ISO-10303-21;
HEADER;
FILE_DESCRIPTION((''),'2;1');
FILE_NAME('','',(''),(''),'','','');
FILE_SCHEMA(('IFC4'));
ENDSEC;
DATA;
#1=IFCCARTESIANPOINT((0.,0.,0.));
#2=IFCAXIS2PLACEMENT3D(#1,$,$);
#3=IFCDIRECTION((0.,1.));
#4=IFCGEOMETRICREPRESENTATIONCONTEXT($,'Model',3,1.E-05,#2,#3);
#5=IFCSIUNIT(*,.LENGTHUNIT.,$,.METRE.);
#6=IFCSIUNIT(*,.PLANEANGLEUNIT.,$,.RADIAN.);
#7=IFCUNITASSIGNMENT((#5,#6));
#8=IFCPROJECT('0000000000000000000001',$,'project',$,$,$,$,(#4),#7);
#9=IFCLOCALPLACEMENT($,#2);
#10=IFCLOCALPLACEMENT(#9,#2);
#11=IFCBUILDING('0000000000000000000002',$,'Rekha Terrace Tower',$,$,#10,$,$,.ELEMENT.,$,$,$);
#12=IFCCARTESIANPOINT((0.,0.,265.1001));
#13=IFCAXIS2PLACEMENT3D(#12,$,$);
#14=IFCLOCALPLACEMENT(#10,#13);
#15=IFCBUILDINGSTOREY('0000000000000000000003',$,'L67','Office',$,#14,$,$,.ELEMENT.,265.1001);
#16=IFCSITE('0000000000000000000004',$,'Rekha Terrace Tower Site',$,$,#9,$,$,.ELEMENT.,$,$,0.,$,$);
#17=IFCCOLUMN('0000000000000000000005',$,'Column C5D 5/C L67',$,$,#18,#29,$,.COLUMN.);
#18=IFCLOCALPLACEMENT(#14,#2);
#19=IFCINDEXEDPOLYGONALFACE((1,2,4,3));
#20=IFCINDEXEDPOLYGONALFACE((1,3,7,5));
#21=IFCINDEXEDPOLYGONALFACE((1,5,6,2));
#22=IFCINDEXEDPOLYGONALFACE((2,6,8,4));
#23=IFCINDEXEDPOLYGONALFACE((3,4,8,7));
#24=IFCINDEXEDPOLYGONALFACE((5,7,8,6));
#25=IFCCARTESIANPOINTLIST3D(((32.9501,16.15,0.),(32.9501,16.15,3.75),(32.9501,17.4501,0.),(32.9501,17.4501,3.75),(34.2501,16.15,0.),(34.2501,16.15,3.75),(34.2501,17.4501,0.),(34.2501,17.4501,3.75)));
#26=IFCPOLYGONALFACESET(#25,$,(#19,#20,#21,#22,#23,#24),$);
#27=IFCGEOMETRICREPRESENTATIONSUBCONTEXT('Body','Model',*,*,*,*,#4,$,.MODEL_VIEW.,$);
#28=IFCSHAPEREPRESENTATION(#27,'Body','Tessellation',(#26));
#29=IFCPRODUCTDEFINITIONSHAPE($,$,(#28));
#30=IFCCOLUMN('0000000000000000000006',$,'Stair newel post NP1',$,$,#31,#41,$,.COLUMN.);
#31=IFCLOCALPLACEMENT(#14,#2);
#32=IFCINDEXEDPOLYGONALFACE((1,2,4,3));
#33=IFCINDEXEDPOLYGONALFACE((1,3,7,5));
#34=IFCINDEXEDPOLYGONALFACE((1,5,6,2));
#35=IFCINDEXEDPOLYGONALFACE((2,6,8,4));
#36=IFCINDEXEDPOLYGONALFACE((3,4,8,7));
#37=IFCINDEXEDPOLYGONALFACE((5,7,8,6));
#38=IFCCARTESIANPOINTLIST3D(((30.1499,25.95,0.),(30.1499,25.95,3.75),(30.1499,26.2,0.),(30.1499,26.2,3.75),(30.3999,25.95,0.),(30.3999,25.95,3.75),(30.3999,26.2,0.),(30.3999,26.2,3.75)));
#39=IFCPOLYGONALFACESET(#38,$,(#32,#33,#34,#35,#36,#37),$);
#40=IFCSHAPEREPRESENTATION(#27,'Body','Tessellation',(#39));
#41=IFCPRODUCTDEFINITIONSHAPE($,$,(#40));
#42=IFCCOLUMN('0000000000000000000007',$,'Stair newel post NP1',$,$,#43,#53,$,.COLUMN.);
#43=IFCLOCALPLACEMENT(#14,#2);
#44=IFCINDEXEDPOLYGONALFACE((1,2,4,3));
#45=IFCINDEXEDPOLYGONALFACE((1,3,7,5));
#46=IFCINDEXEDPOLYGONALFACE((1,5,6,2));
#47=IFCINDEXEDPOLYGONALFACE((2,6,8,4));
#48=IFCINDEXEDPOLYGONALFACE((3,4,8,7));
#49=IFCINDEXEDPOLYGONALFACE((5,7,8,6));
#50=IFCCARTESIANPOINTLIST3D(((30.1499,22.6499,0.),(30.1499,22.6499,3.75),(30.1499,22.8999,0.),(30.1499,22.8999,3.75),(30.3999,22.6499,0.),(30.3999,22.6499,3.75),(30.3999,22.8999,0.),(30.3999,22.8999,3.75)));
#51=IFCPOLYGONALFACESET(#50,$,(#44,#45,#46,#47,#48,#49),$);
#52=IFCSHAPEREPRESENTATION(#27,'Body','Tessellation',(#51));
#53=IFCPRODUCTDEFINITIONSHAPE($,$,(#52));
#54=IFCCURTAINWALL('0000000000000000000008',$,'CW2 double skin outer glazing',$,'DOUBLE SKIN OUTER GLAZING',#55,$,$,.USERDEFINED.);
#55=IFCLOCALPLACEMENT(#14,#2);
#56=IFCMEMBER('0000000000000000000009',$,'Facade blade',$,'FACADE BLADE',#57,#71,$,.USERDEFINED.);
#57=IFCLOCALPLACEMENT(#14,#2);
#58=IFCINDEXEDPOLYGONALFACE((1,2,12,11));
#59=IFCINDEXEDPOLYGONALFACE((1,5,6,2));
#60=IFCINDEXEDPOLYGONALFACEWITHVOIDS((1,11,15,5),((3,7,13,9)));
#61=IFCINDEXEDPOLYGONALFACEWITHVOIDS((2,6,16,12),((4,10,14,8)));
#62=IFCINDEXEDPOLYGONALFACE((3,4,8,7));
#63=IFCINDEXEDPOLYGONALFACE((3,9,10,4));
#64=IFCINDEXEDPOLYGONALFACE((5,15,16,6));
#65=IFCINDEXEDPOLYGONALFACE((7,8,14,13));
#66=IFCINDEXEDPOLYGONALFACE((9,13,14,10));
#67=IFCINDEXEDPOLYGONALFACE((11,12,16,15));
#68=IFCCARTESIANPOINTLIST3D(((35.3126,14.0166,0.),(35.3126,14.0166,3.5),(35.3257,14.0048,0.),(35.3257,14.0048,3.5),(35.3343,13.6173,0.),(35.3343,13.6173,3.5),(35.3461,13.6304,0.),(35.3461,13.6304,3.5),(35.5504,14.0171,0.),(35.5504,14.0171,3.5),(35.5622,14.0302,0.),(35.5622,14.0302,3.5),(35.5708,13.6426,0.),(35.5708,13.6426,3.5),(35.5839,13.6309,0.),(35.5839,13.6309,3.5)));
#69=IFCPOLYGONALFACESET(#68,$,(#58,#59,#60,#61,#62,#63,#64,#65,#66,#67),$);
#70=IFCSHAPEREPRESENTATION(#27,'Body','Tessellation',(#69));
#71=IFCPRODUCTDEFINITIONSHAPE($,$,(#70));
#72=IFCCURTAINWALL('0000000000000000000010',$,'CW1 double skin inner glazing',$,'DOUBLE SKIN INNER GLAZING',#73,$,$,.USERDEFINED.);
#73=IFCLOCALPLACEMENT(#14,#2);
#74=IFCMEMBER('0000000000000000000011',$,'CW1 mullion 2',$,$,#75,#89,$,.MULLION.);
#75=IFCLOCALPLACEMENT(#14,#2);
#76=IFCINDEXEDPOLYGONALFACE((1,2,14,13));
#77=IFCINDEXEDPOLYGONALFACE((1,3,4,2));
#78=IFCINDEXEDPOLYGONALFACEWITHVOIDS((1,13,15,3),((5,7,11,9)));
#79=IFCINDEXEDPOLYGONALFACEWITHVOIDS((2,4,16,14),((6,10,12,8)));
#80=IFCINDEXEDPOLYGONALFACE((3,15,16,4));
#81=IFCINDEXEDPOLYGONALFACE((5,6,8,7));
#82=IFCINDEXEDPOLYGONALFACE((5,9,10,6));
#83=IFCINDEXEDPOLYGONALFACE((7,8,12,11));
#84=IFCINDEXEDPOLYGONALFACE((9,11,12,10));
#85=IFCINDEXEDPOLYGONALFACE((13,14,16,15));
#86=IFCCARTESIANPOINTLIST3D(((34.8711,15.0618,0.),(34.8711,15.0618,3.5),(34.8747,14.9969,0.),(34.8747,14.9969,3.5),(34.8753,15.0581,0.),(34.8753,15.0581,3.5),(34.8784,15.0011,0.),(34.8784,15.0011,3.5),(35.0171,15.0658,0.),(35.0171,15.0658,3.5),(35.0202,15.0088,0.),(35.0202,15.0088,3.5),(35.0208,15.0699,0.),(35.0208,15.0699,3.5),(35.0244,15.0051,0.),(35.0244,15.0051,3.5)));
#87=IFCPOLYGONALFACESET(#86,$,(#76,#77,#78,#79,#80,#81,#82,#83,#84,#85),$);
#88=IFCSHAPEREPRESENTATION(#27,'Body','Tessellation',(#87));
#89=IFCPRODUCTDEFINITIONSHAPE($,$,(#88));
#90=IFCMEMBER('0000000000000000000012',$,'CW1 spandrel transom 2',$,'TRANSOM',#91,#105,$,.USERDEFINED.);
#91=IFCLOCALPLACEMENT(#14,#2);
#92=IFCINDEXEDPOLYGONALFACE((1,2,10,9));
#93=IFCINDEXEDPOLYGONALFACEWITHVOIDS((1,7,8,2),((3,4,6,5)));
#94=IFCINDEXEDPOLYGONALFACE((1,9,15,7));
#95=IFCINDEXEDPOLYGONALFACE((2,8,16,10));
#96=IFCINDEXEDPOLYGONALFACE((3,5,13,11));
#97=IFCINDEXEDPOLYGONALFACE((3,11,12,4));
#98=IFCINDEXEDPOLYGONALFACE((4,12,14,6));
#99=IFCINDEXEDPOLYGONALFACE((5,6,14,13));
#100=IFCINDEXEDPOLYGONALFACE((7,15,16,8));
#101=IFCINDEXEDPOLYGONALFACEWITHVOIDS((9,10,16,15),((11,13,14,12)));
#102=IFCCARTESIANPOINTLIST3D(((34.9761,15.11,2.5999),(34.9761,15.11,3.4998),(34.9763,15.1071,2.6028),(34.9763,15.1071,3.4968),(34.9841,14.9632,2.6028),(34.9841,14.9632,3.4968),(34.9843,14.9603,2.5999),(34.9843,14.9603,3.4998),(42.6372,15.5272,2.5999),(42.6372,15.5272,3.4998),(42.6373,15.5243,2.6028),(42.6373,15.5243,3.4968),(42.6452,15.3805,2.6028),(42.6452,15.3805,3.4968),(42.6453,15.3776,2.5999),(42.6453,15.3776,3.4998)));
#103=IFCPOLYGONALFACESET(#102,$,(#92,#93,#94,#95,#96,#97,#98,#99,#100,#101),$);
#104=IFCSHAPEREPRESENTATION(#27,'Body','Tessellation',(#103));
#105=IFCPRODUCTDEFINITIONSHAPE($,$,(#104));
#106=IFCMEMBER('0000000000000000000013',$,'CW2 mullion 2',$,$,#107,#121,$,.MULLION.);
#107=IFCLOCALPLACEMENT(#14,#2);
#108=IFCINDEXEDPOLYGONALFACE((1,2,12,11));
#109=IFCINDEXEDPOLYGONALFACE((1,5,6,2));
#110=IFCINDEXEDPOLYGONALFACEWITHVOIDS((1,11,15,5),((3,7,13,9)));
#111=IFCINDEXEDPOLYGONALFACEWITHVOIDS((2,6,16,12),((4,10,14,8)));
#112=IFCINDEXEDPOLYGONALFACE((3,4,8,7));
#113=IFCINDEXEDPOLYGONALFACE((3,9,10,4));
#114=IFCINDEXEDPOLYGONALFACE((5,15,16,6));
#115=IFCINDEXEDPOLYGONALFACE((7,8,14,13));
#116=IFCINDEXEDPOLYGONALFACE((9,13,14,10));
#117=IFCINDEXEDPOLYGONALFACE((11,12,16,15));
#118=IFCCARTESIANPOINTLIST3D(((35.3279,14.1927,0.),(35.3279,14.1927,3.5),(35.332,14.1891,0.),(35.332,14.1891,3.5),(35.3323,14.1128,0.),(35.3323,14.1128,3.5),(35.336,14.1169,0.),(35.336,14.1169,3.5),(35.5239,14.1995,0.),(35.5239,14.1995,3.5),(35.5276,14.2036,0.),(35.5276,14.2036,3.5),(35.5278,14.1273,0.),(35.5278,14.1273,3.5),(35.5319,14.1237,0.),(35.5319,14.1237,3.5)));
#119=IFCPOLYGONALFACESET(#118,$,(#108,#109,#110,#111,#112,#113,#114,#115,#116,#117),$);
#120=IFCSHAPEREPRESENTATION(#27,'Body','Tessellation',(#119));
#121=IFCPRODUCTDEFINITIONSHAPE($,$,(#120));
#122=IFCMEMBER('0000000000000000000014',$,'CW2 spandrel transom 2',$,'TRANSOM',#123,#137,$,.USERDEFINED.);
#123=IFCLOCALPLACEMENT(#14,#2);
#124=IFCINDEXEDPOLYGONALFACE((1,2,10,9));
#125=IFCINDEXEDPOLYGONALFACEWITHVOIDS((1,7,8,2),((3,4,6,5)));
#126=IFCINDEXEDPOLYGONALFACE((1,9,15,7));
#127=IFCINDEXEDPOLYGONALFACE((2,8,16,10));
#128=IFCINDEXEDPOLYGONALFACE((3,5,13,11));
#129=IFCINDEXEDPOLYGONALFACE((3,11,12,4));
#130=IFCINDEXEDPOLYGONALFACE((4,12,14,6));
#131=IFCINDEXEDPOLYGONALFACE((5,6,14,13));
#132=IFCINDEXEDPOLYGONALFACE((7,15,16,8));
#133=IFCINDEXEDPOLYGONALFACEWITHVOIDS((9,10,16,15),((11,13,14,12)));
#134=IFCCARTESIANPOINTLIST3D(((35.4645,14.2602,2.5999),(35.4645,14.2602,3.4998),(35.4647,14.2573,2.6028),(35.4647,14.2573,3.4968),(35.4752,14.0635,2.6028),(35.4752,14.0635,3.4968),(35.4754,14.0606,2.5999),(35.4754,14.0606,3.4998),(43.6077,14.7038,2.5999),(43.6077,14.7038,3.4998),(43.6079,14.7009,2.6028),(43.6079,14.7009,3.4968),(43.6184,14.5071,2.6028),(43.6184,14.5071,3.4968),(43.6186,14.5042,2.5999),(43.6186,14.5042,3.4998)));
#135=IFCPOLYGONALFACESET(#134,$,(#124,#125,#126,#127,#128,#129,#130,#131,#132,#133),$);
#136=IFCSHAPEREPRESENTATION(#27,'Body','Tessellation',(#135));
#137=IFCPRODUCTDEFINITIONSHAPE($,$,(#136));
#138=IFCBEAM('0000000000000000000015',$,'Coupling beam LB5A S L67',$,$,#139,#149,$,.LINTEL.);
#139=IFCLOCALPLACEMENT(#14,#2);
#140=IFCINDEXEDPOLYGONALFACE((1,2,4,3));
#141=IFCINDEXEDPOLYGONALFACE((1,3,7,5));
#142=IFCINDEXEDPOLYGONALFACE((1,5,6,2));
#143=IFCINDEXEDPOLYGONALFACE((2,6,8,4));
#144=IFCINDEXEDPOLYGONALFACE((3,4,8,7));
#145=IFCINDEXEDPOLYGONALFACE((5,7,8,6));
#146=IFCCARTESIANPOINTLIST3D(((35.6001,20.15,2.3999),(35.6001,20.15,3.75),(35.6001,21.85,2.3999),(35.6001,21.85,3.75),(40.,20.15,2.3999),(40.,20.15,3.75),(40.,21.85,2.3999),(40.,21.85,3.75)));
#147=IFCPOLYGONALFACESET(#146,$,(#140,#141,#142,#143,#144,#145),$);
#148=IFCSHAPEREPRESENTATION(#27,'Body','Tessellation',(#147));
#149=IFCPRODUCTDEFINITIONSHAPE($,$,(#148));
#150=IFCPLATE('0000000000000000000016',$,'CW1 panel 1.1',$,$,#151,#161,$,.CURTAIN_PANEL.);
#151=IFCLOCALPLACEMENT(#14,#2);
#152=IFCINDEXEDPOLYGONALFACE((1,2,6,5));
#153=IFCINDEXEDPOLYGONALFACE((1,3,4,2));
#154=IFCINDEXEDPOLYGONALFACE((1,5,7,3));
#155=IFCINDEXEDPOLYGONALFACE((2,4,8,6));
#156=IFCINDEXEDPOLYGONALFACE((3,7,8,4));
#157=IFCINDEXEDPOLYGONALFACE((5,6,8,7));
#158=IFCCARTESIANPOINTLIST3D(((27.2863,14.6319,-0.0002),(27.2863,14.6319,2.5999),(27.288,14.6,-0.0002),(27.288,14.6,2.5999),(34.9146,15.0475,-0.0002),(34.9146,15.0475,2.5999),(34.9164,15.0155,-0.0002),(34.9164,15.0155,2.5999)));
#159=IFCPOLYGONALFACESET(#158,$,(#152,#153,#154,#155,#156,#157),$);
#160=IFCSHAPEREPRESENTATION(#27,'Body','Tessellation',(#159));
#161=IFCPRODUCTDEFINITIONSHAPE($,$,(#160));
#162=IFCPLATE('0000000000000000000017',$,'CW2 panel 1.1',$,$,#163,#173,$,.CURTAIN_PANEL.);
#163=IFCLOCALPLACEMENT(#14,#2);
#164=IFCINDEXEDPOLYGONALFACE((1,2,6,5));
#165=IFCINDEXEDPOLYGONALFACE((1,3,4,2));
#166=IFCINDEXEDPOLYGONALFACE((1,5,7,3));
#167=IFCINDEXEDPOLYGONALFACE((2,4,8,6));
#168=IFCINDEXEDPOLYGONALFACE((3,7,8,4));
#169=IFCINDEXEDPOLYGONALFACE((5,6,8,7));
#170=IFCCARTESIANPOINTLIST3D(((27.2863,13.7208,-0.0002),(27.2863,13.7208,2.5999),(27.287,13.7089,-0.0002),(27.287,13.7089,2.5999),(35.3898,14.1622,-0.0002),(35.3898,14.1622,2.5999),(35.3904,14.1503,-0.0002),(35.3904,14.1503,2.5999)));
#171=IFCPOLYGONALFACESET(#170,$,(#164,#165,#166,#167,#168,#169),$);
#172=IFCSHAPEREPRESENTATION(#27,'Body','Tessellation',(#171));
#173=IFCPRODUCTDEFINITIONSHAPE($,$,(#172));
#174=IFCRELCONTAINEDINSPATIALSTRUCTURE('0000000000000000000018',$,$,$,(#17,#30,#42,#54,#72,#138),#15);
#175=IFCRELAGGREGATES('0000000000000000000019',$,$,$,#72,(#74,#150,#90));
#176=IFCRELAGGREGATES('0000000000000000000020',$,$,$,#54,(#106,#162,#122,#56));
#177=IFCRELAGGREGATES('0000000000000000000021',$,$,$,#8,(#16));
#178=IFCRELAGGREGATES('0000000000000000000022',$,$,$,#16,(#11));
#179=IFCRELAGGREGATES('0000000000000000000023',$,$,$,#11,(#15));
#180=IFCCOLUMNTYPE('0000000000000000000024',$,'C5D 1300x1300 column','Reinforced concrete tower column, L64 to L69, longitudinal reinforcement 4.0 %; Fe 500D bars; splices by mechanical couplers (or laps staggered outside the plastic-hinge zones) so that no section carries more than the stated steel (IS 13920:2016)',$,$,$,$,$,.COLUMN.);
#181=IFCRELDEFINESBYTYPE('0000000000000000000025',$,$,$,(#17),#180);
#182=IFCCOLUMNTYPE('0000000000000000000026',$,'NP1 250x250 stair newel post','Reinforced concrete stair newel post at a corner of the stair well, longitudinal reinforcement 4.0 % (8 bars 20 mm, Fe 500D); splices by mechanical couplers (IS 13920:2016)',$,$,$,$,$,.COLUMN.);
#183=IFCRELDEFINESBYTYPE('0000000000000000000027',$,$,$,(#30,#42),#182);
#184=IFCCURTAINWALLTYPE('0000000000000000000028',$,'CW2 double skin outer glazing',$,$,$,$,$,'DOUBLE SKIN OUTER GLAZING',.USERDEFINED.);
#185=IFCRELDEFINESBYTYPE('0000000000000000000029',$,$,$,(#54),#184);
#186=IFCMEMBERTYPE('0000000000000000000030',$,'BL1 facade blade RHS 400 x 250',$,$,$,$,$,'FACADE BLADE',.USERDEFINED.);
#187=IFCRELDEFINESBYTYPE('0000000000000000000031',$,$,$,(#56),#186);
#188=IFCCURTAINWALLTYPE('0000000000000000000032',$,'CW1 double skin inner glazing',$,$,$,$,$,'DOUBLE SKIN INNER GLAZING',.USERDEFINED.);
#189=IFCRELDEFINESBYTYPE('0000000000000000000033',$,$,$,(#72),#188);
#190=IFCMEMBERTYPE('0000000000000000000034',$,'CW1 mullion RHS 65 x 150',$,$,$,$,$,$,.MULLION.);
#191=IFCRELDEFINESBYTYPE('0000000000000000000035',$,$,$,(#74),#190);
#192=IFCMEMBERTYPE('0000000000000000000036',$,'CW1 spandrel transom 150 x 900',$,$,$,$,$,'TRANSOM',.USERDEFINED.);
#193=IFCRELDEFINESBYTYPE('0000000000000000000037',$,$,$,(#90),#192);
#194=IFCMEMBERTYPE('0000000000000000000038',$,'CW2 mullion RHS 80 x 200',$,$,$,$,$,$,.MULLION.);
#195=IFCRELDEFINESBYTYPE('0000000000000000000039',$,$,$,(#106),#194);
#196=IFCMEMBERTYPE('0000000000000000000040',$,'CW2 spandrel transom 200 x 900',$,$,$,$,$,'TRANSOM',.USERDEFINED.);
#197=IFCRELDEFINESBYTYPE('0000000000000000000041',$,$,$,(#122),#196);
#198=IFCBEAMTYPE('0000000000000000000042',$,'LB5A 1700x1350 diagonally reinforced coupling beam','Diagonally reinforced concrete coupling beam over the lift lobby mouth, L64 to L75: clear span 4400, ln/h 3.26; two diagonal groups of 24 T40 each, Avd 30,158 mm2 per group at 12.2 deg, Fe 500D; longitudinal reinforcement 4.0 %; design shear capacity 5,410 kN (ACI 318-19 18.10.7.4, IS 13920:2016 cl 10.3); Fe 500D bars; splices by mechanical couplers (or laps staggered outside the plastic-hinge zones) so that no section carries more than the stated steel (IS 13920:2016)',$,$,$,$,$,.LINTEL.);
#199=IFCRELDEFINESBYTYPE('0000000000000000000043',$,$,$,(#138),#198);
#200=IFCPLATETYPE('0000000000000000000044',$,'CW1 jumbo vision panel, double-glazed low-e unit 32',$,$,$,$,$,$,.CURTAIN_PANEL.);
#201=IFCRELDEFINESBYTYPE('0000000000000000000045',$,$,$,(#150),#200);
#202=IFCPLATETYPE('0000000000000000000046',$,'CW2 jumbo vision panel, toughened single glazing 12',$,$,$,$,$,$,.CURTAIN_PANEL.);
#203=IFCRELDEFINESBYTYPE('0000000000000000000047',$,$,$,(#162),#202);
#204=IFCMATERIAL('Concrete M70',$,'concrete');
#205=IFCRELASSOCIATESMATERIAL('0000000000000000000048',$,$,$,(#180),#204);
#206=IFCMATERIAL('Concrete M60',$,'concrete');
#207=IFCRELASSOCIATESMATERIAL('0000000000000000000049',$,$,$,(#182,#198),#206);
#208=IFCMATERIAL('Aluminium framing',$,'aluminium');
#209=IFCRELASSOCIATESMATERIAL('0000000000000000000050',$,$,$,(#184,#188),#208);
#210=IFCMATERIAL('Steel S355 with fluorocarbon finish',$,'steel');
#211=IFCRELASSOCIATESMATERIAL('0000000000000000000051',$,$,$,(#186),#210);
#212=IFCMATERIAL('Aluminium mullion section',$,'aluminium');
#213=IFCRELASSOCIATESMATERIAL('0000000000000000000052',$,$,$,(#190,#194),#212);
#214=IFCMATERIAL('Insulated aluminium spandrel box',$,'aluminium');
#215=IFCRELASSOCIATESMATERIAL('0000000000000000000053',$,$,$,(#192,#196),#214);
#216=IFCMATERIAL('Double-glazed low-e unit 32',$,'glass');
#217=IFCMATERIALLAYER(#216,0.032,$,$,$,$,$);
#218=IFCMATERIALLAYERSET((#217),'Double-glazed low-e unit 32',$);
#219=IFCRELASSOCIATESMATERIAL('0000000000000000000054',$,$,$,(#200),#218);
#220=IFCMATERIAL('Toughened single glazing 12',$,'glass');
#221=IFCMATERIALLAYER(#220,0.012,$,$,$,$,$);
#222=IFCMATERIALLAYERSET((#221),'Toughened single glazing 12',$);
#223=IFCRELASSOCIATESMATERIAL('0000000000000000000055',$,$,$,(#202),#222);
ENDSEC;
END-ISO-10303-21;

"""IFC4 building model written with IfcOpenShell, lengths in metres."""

from ifc_helpers import new_model, si_unit, direction, frame, origin, origin_2d, place, context, subcontext, project, spatial, rectangle, hollow_rectangle, extrude, material, layer, layer_set, material_profile, profile_set, type_object, element, aggregate, save


model = new_model("IFC4")

# Units and contexts
model_context = context("Model", 3, precision=1e-05, world=origin(), true_north=direction((0.0, 1.0)))
body_context = subcontext(model_context, "Body", "Model", "MODEL_VIEW")
ifc_project = project(units=[si_unit("LENGTHUNIT", "METRE"), si_unit("PLANEANGLEUNIT", "RADIAN")], contexts=[model_context])

# Site, building, storey
site_placement = place(None, origin())
site = spatial("IfcSite", under=ifc_project, at=site_placement, Name="Rekha Terrace Tower Site", CompositionType="ELEMENT", RefElevation=0.0)
building_placement = place(site_placement, origin())
building = spatial("IfcBuilding", under=site, at=building_placement, Name="Rekha Terrace Tower", CompositionType="ELEMENT")
storey_placement = place(building_placement, frame((0.0, 0.0, 265.1001)))
storey = spatial("IfcBuildingStorey", under=building, at=storey_placement, Name="L67", Description="Office", CompositionType="ELEMENT", Elevation=265.1001)

# Columns
ifc_material_1 = material(Name="Concrete M70", Category="concrete")
ifc_material_profile_1 = material_profile(ifc_material_1, rectangle(XDim=1.3, YDim=1.3, at=origin_2d()), Name="RC 1300x1300")
ifc_profile_set_1 = profile_set([ifc_material_profile_1], Name="Concrete M70")
column_type_1 = type_object("IfcColumnType", Name="C5D 1300x1300 column", Description="Reinforced concrete tower column, L64 to L69, longitudinal reinforcement 4.0 %; Fe 500D bars; splices by mechanical couplers (or laps staggered outside the plastic-hinge zones) so that no section carries more than the stated steel (IS 13920:2016)", PredefinedType="COLUMN", material=ifc_profile_set_1)
column_placement = place(storey_placement, frame((33.6001, 16.8, 0.0), z_axis=(0.0, 0.0, 1.0), x_axis=(1.0, 0.0, 0.0)))
element("IfcColumn", 1, at=column_placement, inside=storey, type_object=column_type_1, Name="Column C5D 5/C L67", PredefinedType="COLUMN", context=body_context, shape_type="SweptSolid", body=[
    extrude(rectangle(XDim=1.3, YDim=1.3, at=origin_2d()), origin(), (0.0, 0.0, 1.0), 3.75),
])
ifc_material_2 = material(Name="Concrete M60", Category="concrete")
ifc_material_profile_2 = material_profile(ifc_material_2, rectangle(XDim=0.25, YDim=0.25, at=origin_2d()), Name="RC 250x250")
ifc_profile_set_2 = profile_set([ifc_material_profile_2], Name="Concrete M60")
column_type_2 = type_object("IfcColumnType", Name="NP1 250x250 stair newel post", Description="Reinforced concrete stair newel post at a corner of the stair well, longitudinal reinforcement 4.0 % (8 bars 20 mm, Fe 500D); splices by mechanical couplers (IS 13920:2016)", PredefinedType="COLUMN", material=ifc_profile_set_2)
for number, where, z_axis, x_axis, name in (
    (2, (30.2749, 26.075, 0.0), (0.0, 0.0, 1.0), (1.0, 0.0, 0.0), "Stair newel post NP1"),
    (3, (30.2749, 22.7749, 0.0), (0.0, 0.0, 1.0), (1.0, 0.0, 0.0), "Stair newel post NP1"),
):
    element("IfcColumn", number, at=place(storey_placement, frame(where, z_axis=z_axis, x_axis=x_axis)), inside=storey, type_object=column_type_2, Name=name, PredefinedType="COLUMN", context=body_context, shape_type="SweptSolid", body=[
        extrude(rectangle(XDim=0.25, YDim=0.25, at=origin_2d()), origin(), (0.0, 0.0, 1.0), 3.75),
    ])

# Curtain wall, member
ifc_material_3 = material(Name="Aluminium framing", Category="aluminium")
curtain_wall_type_1 = type_object("IfcCurtainWallType", Name="CW2 double skin outer glazing", ElementType="DOUBLE SKIN OUTER GLAZING", PredefinedType="USERDEFINED", material=ifc_material_3)
curtain_wall_1_placement = place(storey_placement, origin())
curtain_wall_1 = element("IfcCurtainWall", 4, at=curtain_wall_1_placement, inside=storey, type_object=curtain_wall_type_1, Name="CW2 double skin outer glazing", ObjectType="DOUBLE SKIN OUTER GLAZING", PredefinedType="USERDEFINED")
ifc_material_4 = material(Name="Steel S355 with fluorocarbon finish", Category="steel")
ifc_material_profile_3 = material_profile(ifc_material_4, hollow_rectangle(XDim=0.25, YDim=0.3999, WallThickness=0.0125, at=origin_2d()), Name="RHS400x250x12.5")
ifc_profile_set_3 = profile_set([ifc_material_profile_3], Name="Steel S355 with fluorocarbon finish")
member_type_1 = type_object("IfcMemberType", Name="BL1 facade blade RHS 400 x 250", ElementType="FACADE BLADE", PredefinedType="USERDEFINED", material=ifc_profile_set_3)
member_1_placement = place(storey_placement, frame((35.4482, 13.8237, 0.0), z_axis=(0.0, 0.0, 1.0), x_axis=(0.99852, 0.054389, 0.0)))
member_1 = element("IfcMember", 5, at=member_1_placement, type_object=member_type_1, Name="Facade blade", ObjectType="FACADE BLADE", PredefinedType="USERDEFINED", context=body_context, shape_type="SweptSolid", body=[
    extrude(hollow_rectangle(XDim=0.25, YDim=0.3999, WallThickness=0.0125, at=origin_2d()), origin(), (0.0, 0.0, 1.0), 3.5),
])

# Curtain wall, members
curtain_wall_type_2 = type_object("IfcCurtainWallType", Name="CW1 double skin inner glazing", ElementType="DOUBLE SKIN INNER GLAZING", PredefinedType="USERDEFINED", material=ifc_material_3)
curtain_wall_2_placement = place(storey_placement, origin())
curtain_wall_2 = element("IfcCurtainWall", 6, at=curtain_wall_2_placement, inside=storey, type_object=curtain_wall_type_2, Name="CW1 double skin inner glazing", ObjectType="DOUBLE SKIN INNER GLAZING", PredefinedType="USERDEFINED")
ifc_material_5 = material(Name="Aluminium mullion section", Category="aluminium")
ifc_material_profile_4 = material_profile(ifc_material_5, hollow_rectangle(XDim=0.0649, YDim=0.1499, WallThickness=0.0039, at=origin_2d()), Name="AL RHS 65x150")
ifc_profile_set_4 = profile_set([ifc_material_profile_4], Name="Aluminium mullion section")
member_type_2 = type_object("IfcMemberType", Name="CW1 mullion RHS 65 x 150", PredefinedType="MULLION", material=ifc_profile_set_4)
member_2_placement = place(storey_placement, frame((34.9478, 15.0334, 0.0), z_axis=(0.0, 0.0, 1.0), x_axis=(-0.054389, 0.99852, 0.0)))
member_2 = element("IfcMember", 7, at=member_2_placement, type_object=member_type_2, Name="CW1 mullion 2", PredefinedType="MULLION", context=body_context, shape_type="SweptSolid", body=[
    extrude(hollow_rectangle(XDim=0.0649, YDim=0.1499, WallThickness=0.0039, at=origin_2d()), origin(), (0.0, 0.0, 1.0), 3.5),
])
ifc_material_6 = material(Name="Insulated aluminium spandrel box", Category="aluminium")
ifc_material_profile_5 = material_profile(ifc_material_6, hollow_rectangle(XDim=0.1499, YDim=0.8999, WallThickness=0.0029, at=origin_2d()), Name="AL SPANDREL BOX 150x900")
ifc_profile_set_5 = profile_set([ifc_material_profile_5], Name="Insulated aluminium spandrel box")
member_type_3 = type_object("IfcMemberType", Name="CW1 spandrel transom 150 x 900", ElementType="TRANSOM", PredefinedType="USERDEFINED", material=ifc_profile_set_5)
member_3_placement = place(storey_placement, frame((34.9802, 15.0352, 3.0498), z_axis=(0.99852, 0.054383, 0.0), x_axis=(-0.054383, 0.99852, 0.0)))
member_3 = element("IfcMember", 8, at=member_3_placement, type_object=member_type_3, Name="CW1 spandrel transom 2", ObjectType="TRANSOM", PredefinedType="USERDEFINED", context=body_context, shape_type="SweptSolid", body=[
    extrude(hollow_rectangle(XDim=0.1499, YDim=0.8999, WallThickness=0.0029, at=origin_2d()), origin(), (0.0, 0.0, 1.0), 7.6724),
])

# Members
ifc_material_profile_6 = material_profile(ifc_material_5, hollow_rectangle(XDim=0.0801, YDim=0.2, WallThickness=0.0039, at=origin_2d()), Name="AL RHS 80x200")
ifc_profile_set_6 = profile_set([ifc_material_profile_6], Name="Aluminium mullion section")
member_type_4 = type_object("IfcMemberType", Name="CW2 mullion RHS 80 x 200", PredefinedType="MULLION", material=ifc_profile_set_6)
member_4_placement = place(storey_placement, frame((35.4299, 14.1582, 0.0), z_axis=(0.0, 0.0, 1.0), x_axis=(-0.054389, 0.99852, 0.0)))
member_4 = element("IfcMember", 9, at=member_4_placement, type_object=member_type_4, Name="CW2 mullion 2", PredefinedType="MULLION", context=body_context, shape_type="SweptSolid", body=[
    extrude(hollow_rectangle(XDim=0.0801, YDim=0.2, WallThickness=0.0039, at=origin_2d()), origin(), (0.0, 0.0, 1.0), 3.5),
])
ifc_material_profile_7 = material_profile(ifc_material_6, hollow_rectangle(XDim=0.2, YDim=0.8999, WallThickness=0.0029, at=origin_2d()), Name="AL SPANDREL BOX 200x900")
ifc_profile_set_7 = profile_set([ifc_material_profile_7], Name="Insulated aluminium spandrel box")
member_type_5 = type_object("IfcMemberType", Name="CW2 spandrel transom 200 x 900", ElementType="TRANSOM", PredefinedType="USERDEFINED", material=ifc_profile_set_7)
member_5_placement = place(storey_placement, frame((35.47, 14.1604, 3.0498), z_axis=(0.99852, 0.054394, 0.0), x_axis=(-0.054394, 0.99852, 0.0)))
member_5 = element("IfcMember", 10, at=member_5_placement, type_object=member_type_5, Name="CW2 spandrel transom 2", ObjectType="TRANSOM", PredefinedType="USERDEFINED", context=body_context, shape_type="SweptSolid", body=[
    extrude(hollow_rectangle(XDim=0.2, YDim=0.8999, WallThickness=0.0029, at=origin_2d()), origin(), (0.0, 0.0, 1.0), 8.1553),
])

# Beam
ifc_material_profile_8 = material_profile(ifc_material_2, rectangle(XDim=1.7, YDim=1.3501, at=origin_2d()), Name="RC 1700x1350")
ifc_profile_set_8 = profile_set([ifc_material_profile_8], Name="Concrete M60")
beam_type = type_object("IfcBeamType", Name="LB5A 1700x1350 diagonally reinforced coupling beam", Description="Diagonally reinforced concrete coupling beam over the lift lobby mouth, L64 to L75: clear span 4400, ln/h 3.26; two diagonal groups of 24 T40 each, Avd 30,158 mm2 per group at 12.2 deg, Fe 500D; longitudinal reinforcement 4.0 %; design shear capacity 5,410 kN (ACI 318-19 18.10.7.4, IS 13920:2016 cl 10.3); Fe 500D bars; splices by mechanical couplers (or laps staggered outside the plastic-hinge zones) so that no section carries more than the stated steel (IS 13920:2016)", PredefinedType="LINTEL", material=ifc_profile_set_8)
beam_placement = place(storey_placement, frame((35.6001, 21.0, 3.075), z_axis=(1.0, 0.0, 0.0), x_axis=(0.0, 1.0, 0.0)))
element("IfcBeam", 11, at=beam_placement, inside=storey, type_object=beam_type, Name="Coupling beam LB5A S L67", PredefinedType="LINTEL", context=body_context, shape_type="SweptSolid", body=[
    extrude(rectangle(XDim=1.7, YDim=1.3501, at=origin_2d()), origin(), (0.0, 0.0, 1.0), 4.3999),
])

# Plates
ifc_material_7 = material(Name="Double-glazed low-e unit 32", Category="glass")
ifc_layer_1 = layer(ifc_material_7, 0.032)
ifc_layer_set_1 = layer_set([ifc_layer_1], Name="Double-glazed low-e unit 32")
plate_type_1 = type_object("IfcPlateType", Name="CW1 jumbo vision panel, double-glazed low-e unit 32", PredefinedType="CURTAIN_PANEL", material=ifc_layer_set_1)
plate_1_placement = place(storey_placement, frame((31.1013, 14.8237, -0.0002), z_axis=(0.0, 0.0, 1.0), x_axis=(0.99852, 0.054389, 0.0)))
plate_1 = element("IfcPlate", 12, at=plate_1_placement, type_object=plate_type_1, Name="CW1 panel 1.1", PredefinedType="CURTAIN_PANEL", context=body_context, shape_type="SweptSolid", body=[
    extrude(rectangle(XDim=7.6396, YDim=0.032, at=origin_2d()), origin(), (0.0, 0.0, 1.0), 2.6001),
])
aggregate(curtain_wall_2, [member_2, plate_1, member_3])
ifc_material_8 = material(Name="Toughened single glazing 12", Category="glass")
ifc_layer_2 = layer(ifc_material_8, 0.012)
ifc_layer_set_2 = layer_set([ifc_layer_2], Name="Toughened single glazing 12")
plate_type_2 = type_object("IfcPlateType", Name="CW2 jumbo vision panel, toughened single glazing 12", PredefinedType="CURTAIN_PANEL", material=ifc_layer_set_2)
plate_2_placement = place(storey_placement, frame((31.3384, 13.9355, -0.0002), z_axis=(0.0, 0.0, 1.0), x_axis=(0.99852, 0.054389, 0.0)))
plate_2 = element("IfcPlate", 13, at=plate_2_placement, type_object=plate_type_2, Name="CW2 panel 1.1", PredefinedType="CURTAIN_PANEL", context=body_context, shape_type="SweptSolid", body=[
    extrude(rectangle(XDim=8.1155, YDim=0.012, at=origin_2d()), origin(), (0.0, 0.0, 1.0), 2.6001),
])
aggregate(curtain_wall_1, [member_4, plate_2, member_5, member_1])

save(model, "model.ifc")
